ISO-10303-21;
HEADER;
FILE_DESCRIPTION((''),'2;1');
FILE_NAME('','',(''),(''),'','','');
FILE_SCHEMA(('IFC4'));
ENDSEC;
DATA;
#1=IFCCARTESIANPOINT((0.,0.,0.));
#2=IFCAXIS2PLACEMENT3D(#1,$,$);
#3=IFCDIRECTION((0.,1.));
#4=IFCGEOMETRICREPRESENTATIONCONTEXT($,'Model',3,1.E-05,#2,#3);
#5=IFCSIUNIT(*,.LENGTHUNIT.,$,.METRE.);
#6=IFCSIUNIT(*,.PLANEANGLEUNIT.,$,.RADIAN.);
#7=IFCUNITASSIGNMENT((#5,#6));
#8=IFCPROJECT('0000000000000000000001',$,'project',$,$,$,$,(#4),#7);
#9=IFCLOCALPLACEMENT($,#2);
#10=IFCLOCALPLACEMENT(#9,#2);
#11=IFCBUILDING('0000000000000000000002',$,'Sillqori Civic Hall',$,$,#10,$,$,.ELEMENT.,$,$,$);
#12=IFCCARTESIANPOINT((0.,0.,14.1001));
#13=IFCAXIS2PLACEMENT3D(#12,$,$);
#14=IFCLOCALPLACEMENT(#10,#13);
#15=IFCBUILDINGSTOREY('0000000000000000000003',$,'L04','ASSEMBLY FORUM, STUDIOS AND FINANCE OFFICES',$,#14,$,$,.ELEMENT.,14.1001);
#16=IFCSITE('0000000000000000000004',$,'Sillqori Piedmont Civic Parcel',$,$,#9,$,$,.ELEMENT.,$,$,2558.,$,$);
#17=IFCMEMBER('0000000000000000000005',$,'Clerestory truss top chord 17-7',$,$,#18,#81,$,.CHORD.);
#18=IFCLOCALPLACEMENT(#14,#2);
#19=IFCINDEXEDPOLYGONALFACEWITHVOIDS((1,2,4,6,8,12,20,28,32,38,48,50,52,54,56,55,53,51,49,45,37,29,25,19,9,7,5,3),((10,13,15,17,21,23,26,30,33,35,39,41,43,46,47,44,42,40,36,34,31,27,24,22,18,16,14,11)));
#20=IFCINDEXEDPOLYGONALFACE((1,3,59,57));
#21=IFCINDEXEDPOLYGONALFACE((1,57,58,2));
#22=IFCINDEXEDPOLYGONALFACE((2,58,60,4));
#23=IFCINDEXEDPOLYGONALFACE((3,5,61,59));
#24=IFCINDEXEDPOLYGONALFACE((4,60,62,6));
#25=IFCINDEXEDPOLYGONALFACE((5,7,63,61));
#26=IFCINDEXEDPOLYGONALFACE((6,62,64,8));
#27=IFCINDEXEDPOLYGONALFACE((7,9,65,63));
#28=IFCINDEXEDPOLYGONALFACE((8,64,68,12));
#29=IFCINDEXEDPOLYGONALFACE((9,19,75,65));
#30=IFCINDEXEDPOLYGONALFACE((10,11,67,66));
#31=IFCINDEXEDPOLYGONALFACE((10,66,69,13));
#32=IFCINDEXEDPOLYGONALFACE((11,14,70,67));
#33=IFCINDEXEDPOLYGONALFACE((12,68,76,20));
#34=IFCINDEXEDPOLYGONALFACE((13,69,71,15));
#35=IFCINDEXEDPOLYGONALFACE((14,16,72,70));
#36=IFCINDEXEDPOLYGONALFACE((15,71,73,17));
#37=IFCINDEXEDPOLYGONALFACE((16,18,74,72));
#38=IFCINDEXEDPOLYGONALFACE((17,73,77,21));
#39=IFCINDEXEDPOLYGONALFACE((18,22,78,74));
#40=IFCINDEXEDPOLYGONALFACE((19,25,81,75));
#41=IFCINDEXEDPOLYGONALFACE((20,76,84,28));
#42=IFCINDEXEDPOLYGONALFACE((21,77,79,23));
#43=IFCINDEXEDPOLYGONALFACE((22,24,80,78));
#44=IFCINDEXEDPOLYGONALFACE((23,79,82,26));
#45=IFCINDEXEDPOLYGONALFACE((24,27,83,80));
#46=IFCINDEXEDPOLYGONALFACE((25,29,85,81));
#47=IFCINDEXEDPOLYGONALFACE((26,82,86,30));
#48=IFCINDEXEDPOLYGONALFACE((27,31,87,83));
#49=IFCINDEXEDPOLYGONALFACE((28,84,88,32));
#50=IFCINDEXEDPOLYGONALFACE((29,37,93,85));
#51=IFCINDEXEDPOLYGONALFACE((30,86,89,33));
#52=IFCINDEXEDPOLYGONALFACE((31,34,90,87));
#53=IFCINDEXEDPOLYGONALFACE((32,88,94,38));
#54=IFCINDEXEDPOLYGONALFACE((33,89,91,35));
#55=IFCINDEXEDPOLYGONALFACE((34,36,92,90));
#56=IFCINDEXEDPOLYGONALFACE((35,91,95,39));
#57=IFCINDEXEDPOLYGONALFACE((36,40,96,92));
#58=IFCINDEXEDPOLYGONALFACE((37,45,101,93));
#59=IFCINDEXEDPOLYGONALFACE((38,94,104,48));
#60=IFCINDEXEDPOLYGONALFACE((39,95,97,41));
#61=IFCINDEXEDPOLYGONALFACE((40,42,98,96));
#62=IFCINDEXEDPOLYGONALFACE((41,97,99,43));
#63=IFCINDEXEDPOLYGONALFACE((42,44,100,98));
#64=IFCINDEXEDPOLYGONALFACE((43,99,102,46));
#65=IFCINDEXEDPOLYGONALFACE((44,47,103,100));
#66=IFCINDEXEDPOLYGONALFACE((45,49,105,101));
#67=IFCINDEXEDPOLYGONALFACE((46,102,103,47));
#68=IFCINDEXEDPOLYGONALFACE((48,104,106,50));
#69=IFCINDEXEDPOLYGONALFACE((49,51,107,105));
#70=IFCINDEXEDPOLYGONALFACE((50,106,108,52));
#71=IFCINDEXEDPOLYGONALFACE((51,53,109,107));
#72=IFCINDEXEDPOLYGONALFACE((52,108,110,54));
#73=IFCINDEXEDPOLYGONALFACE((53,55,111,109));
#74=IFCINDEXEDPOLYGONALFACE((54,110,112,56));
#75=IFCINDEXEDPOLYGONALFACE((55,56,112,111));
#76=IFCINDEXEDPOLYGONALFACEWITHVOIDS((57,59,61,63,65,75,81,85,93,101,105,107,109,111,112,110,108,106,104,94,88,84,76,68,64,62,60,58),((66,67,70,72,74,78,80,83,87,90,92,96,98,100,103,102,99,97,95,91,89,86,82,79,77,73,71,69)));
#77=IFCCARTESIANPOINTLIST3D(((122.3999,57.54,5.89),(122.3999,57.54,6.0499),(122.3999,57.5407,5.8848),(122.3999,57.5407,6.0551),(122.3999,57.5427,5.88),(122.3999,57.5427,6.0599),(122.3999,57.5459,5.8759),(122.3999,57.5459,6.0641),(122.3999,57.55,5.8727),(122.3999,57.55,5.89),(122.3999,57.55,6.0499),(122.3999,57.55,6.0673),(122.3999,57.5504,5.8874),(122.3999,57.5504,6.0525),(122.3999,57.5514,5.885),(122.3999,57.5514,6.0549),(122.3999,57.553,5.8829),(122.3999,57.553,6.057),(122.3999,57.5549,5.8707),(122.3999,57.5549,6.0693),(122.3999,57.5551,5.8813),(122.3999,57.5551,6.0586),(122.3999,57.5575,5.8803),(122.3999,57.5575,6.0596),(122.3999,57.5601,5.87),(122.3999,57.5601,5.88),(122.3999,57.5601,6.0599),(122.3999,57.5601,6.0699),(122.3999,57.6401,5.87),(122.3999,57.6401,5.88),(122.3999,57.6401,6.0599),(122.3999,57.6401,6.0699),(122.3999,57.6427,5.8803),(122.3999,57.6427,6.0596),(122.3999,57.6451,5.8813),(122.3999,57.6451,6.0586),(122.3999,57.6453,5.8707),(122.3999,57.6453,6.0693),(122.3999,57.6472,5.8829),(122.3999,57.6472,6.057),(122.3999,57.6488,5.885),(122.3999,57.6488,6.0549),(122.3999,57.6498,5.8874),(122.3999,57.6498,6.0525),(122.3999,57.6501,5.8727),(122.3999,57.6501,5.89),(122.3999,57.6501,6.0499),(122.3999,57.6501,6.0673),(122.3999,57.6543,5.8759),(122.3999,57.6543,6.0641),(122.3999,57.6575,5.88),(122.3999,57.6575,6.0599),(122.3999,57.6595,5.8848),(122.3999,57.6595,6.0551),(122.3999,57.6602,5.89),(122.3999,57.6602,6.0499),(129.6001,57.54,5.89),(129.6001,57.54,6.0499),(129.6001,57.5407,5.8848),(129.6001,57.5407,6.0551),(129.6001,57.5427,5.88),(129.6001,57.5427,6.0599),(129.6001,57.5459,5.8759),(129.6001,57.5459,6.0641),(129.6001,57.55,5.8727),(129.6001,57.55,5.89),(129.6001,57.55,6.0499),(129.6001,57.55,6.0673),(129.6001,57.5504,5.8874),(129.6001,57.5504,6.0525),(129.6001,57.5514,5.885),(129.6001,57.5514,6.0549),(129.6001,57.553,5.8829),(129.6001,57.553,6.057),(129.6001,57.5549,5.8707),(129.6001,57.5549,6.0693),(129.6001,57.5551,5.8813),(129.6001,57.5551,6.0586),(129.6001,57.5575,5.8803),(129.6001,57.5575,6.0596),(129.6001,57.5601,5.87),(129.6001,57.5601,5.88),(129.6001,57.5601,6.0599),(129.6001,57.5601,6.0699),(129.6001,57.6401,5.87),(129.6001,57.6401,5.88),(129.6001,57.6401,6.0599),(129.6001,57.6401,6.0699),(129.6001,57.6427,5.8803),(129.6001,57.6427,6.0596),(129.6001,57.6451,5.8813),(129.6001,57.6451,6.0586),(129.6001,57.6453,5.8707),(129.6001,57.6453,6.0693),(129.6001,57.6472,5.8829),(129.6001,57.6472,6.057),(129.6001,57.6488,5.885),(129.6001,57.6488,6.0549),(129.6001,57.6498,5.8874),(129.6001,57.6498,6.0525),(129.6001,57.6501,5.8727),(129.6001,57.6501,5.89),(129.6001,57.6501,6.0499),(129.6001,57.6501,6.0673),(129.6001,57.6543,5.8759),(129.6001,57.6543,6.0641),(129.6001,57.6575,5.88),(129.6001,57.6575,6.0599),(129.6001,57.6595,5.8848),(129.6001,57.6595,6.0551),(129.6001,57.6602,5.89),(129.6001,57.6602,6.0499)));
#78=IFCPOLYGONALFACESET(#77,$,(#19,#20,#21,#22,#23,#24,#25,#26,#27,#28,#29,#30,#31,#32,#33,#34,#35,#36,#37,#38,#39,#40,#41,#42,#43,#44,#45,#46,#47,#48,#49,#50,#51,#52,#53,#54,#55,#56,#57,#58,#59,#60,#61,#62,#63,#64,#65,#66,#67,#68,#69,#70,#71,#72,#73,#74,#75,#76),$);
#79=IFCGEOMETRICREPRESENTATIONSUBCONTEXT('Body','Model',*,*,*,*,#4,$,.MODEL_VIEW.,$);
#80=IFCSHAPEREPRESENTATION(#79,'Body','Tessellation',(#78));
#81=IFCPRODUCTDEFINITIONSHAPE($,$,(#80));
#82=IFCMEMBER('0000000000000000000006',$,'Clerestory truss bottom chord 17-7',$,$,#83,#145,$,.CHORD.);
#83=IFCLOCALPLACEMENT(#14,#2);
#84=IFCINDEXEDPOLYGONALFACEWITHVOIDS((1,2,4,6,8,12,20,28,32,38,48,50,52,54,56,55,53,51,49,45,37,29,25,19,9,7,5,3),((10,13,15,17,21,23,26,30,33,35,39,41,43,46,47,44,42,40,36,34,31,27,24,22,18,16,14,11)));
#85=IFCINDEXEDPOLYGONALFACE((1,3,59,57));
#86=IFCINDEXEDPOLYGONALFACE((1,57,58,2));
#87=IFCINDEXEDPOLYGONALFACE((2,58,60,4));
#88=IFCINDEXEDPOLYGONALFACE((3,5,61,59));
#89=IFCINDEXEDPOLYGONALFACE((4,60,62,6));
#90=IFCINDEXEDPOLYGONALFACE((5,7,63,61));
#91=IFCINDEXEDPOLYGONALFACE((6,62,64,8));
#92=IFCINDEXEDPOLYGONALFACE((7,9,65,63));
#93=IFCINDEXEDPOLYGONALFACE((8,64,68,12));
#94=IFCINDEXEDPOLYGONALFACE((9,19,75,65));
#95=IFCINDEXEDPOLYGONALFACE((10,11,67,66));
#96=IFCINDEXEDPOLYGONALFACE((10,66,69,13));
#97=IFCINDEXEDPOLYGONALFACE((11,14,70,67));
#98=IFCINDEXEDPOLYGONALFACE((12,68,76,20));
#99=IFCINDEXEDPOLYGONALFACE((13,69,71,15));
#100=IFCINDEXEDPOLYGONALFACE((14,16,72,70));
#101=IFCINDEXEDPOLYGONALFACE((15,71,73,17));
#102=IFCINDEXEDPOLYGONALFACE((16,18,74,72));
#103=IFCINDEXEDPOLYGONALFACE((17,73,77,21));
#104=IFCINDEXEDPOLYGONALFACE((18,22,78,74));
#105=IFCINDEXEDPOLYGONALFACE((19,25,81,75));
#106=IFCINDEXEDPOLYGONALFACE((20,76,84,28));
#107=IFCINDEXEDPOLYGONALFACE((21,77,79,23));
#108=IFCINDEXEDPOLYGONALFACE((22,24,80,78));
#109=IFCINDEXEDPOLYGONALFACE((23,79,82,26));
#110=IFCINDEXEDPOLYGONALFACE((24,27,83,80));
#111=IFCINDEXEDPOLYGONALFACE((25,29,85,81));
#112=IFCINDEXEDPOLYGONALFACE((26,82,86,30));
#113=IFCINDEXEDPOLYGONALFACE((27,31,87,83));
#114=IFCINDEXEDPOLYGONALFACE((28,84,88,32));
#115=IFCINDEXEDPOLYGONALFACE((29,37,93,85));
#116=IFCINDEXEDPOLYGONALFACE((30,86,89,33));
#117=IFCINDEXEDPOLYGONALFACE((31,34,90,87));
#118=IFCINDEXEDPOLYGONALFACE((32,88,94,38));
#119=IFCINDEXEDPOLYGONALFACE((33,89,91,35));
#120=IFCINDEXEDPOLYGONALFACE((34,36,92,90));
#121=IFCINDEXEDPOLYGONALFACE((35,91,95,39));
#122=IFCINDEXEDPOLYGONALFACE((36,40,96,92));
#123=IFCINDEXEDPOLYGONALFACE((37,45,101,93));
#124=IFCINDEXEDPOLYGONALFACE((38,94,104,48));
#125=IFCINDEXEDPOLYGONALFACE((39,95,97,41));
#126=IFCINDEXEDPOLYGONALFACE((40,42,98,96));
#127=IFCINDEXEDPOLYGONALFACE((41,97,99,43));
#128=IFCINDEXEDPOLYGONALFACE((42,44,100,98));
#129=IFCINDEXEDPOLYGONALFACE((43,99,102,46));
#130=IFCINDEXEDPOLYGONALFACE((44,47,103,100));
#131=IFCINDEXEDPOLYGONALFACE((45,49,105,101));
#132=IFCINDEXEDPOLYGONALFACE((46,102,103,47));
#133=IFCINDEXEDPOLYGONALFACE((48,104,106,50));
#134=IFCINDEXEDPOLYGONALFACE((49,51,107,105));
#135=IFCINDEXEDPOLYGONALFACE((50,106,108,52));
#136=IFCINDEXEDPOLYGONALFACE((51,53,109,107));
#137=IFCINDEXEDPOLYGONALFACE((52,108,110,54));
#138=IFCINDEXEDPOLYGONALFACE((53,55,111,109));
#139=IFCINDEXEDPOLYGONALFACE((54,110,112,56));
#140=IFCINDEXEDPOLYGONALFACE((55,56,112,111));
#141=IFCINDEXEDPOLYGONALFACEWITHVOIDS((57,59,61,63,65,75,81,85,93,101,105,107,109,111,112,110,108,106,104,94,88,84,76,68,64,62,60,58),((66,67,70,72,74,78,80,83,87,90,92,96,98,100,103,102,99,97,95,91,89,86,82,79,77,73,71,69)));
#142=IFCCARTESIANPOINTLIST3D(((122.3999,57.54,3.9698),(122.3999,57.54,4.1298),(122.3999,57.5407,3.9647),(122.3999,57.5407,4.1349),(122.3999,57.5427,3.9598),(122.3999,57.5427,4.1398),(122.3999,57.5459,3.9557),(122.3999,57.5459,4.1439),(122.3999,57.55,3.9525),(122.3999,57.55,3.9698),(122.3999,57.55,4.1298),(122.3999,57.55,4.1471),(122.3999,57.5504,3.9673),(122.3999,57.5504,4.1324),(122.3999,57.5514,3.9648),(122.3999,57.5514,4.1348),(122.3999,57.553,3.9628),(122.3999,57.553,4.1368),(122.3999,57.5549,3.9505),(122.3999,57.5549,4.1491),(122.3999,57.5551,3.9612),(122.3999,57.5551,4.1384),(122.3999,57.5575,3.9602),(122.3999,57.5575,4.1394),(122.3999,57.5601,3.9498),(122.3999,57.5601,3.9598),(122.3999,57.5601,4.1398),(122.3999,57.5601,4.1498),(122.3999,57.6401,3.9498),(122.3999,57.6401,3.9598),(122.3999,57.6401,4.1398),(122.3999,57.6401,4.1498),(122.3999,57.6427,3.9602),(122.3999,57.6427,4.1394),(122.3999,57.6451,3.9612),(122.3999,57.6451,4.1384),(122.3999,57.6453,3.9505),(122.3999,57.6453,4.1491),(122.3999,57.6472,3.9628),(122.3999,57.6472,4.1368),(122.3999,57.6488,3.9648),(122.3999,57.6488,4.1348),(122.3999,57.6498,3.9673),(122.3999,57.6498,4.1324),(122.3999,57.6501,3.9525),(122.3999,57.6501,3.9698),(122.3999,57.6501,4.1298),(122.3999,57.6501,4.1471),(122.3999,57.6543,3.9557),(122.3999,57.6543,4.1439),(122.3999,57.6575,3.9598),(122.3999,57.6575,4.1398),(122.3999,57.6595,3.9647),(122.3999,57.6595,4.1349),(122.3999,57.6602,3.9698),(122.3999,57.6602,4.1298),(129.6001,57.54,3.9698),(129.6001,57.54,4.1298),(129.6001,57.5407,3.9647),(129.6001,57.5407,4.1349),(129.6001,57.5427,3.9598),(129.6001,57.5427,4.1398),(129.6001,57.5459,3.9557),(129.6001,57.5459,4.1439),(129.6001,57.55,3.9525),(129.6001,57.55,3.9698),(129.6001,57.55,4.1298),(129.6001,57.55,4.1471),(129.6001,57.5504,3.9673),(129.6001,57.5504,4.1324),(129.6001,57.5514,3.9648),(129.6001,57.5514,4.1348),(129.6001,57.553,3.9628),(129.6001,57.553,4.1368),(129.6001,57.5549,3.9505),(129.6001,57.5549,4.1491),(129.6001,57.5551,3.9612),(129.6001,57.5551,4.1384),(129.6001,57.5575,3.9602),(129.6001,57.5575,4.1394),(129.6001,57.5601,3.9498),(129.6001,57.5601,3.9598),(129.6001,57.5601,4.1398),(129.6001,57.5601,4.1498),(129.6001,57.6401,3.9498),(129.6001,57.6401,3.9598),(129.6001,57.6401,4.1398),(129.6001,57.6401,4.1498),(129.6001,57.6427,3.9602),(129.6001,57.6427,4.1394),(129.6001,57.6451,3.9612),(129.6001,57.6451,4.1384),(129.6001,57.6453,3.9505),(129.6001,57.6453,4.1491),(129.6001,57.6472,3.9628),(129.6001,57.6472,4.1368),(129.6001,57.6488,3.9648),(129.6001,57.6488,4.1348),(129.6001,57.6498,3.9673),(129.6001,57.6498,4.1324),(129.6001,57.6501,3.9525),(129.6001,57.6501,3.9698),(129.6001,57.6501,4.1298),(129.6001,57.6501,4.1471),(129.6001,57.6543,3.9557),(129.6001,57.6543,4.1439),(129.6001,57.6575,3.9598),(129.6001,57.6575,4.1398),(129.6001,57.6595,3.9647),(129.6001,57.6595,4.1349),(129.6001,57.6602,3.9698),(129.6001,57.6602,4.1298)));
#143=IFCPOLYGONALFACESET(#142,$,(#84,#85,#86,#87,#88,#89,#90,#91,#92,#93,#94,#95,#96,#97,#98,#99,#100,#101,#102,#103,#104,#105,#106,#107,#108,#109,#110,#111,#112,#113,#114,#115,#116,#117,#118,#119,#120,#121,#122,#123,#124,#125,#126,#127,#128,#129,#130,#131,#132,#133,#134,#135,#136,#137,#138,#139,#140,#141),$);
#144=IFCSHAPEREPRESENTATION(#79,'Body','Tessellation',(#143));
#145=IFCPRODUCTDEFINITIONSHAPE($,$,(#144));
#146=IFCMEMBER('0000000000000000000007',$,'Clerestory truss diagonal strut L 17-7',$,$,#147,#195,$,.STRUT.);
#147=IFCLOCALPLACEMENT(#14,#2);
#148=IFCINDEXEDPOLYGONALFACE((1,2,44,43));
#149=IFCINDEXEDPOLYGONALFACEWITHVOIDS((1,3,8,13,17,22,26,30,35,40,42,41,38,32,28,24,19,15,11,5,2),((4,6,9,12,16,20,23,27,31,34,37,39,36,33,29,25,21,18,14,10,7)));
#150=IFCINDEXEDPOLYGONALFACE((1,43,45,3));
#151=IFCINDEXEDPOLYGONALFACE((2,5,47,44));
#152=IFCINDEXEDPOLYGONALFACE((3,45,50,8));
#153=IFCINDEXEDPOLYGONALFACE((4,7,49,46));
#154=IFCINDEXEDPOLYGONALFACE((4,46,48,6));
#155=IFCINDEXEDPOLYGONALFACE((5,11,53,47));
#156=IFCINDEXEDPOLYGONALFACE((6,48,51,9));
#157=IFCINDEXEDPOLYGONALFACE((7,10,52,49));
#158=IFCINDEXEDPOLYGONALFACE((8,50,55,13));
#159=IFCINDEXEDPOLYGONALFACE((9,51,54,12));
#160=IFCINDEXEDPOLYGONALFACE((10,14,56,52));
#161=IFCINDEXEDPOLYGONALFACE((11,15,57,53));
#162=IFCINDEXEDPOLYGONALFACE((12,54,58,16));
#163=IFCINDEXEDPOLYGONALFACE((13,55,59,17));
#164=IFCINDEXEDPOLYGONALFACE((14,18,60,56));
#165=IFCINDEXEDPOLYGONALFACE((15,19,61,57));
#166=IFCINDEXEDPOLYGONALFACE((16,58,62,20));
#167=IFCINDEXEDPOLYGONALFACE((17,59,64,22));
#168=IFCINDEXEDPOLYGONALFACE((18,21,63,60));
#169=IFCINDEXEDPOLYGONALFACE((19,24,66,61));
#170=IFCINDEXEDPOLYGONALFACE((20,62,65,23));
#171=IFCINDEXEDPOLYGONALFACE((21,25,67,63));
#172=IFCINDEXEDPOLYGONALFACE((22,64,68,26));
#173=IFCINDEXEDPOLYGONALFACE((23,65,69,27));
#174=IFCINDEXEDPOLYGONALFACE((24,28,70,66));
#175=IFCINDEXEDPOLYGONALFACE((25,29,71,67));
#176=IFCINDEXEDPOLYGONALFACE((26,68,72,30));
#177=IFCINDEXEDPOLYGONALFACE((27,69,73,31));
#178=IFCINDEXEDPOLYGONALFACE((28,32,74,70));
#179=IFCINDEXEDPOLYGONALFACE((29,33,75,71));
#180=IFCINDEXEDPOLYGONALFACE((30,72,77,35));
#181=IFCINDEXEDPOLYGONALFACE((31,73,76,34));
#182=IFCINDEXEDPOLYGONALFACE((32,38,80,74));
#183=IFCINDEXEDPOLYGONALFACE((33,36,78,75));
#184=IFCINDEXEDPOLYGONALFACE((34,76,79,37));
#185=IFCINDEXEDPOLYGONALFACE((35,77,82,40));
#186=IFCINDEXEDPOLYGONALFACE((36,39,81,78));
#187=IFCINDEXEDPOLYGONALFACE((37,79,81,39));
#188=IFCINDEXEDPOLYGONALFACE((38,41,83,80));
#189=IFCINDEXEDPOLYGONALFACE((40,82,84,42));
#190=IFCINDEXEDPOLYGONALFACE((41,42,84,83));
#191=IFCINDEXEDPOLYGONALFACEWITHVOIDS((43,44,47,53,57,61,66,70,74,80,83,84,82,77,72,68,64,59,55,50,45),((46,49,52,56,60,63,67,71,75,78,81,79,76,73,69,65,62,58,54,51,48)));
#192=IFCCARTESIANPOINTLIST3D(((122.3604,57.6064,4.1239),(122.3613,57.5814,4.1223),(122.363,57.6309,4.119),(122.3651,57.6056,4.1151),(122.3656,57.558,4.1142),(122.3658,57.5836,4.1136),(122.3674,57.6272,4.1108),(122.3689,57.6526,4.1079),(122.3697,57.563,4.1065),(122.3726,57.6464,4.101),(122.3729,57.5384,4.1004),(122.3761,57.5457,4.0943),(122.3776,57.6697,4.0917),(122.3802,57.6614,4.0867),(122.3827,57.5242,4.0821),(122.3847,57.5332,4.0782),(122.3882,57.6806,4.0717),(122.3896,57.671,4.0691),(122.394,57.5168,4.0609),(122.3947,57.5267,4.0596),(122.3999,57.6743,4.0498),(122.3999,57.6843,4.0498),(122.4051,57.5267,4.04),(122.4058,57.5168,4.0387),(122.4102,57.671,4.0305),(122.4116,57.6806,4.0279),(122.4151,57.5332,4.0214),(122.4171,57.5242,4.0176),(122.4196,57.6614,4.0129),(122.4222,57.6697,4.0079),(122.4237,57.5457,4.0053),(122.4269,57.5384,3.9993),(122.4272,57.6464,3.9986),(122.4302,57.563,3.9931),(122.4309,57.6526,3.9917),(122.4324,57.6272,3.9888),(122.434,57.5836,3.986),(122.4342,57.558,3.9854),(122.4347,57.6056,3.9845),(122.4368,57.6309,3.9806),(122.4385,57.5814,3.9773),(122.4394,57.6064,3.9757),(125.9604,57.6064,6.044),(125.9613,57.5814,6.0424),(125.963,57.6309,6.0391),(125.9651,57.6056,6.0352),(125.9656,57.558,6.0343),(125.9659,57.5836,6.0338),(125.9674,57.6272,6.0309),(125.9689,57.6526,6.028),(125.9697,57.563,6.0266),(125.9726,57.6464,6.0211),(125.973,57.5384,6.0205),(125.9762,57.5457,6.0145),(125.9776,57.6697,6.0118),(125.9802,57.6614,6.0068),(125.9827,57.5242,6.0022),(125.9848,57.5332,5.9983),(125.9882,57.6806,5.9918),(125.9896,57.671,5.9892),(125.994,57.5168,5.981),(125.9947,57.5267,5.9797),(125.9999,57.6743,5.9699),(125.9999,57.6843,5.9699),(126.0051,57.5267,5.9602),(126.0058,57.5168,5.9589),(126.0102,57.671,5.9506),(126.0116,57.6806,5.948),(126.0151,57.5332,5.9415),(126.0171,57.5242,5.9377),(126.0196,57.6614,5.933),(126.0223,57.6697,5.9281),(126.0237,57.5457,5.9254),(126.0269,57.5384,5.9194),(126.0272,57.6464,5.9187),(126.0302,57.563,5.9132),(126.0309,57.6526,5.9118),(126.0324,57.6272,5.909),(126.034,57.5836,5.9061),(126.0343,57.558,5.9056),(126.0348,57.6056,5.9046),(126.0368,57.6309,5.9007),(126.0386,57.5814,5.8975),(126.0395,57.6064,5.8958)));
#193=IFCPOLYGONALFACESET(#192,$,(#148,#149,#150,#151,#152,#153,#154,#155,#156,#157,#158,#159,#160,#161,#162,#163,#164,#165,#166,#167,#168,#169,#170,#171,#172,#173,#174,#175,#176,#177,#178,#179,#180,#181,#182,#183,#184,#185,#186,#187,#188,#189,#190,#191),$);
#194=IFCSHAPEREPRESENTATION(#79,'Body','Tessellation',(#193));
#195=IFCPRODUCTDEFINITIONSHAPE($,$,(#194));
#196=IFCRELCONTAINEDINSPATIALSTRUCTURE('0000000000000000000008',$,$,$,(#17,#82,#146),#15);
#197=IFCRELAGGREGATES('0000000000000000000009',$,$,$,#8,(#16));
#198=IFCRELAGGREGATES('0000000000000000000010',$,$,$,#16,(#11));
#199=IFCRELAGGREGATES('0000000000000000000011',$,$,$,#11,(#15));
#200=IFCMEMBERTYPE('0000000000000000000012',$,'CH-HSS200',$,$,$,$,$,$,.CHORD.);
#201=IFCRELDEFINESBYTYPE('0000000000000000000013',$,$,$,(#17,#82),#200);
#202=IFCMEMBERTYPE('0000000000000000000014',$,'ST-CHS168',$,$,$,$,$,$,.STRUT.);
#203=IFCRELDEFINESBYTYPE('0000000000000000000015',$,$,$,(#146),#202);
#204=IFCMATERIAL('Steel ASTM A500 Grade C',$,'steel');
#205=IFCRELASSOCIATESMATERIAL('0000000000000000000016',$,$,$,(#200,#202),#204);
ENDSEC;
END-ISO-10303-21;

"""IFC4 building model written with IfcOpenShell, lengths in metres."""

from ifc_helpers import new_model, si_unit, direction, frame, origin, origin_2d, place, context, subcontext, project, spatial, hollow_rectangle, hollow_circle, extrude, material, material_profile, profile_set, type_object, element, save


model = new_model("IFC4")

# Units and contexts
model_context = context("Model", 3, precision=1e-05, world=origin(), true_north=direction((0.0, 1.0)))
body_context = subcontext(model_context, "Body", "Model", "MODEL_VIEW")
ifc_project = project(units=[si_unit("LENGTHUNIT", "METRE"), si_unit("PLANEANGLEUNIT", "RADIAN")], contexts=[model_context])

# Site, building, storey
site_placement = place(None, origin())
site = spatial("IfcSite", under=ifc_project, at=site_placement, Name="Sillqori Piedmont Civic Parcel", CompositionType="ELEMENT", RefElevation=2558.0)
building_placement = place(site_placement, origin())
building = spatial("IfcBuilding", under=site, at=building_placement, Name="Sillqori Civic Hall", CompositionType="ELEMENT")
storey_placement = place(building_placement, frame((0.0, 0.0, 14.1001)))
storey = spatial("IfcBuildingStorey", under=building, at=storey_placement, Name="L04", Description="ASSEMBLY FORUM, STUDIOS AND FINANCE OFFICES", CompositionType="ELEMENT", Elevation=14.1001)

# Members
ifc_material_1 = material(Name="Steel ASTM A500 Grade C", Category="steel")
ifc_material_profile_1 = material_profile(ifc_material_1, hollow_rectangle(XDim=0.1201, YDim=0.2, WallThickness=0.01, InnerFilletRadius=0.01, OuterFilletRadius=0.02, at=origin_2d()), Name="HSS200X120X10")
ifc_profile_set_1 = profile_set([ifc_material_profile_1], Name="Steel ASTM A500 Grade C")
member_type_1 = type_object("IfcMemberType", Name="CH-HSS200", PredefinedType="CHORD", material=ifc_profile_set_1)
for number, where, z_axis, x_axis, name in (
    (1, (122.3999, 57.6001, 5.97), (1.0, 0.0, 0.0), (0.0, 1.0, 0.0), "Clerestory truss top chord 17-7"),
    (2, (122.3999, 57.6001, 4.0498), (1.0, 0.0, 0.0), (0.0, 1.0, 0.0), "Clerestory truss bottom chord 17-7"),
):
    element("IfcMember", number, at=place(storey_placement, frame(where, z_axis=z_axis, x_axis=x_axis)), inside=storey, type_object=member_type_1, Name=name, PredefinedType="CHORD", context=body_context, shape_type="SweptSolid", body=[
        extrude(hollow_rectangle(XDim=0.1201, YDim=0.2, WallThickness=0.01, InnerFilletRadius=0.01, OuterFilletRadius=0.02, at=origin_2d()), origin(), (0.0, 0.0, 1.0), 7.2002),
    ])
ifc_material_profile_2 = material_profile(ifc_material_1, hollow_circle(Radius=0.0842, WallThickness=0.01, at=origin_2d()), Name="CHS168X10")
ifc_profile_set_2 = profile_set([ifc_material_profile_2], Name="Steel ASTM A500 Grade C")
member_type_2 = type_object("IfcMemberType", Name="ST-CHS168", PredefinedType="STRUT", material=ifc_profile_set_2)
member_placement = place(storey_placement, frame((122.3999, 57.6001, 4.0498), z_axis=(0.882341, 0.0, 0.47061), x_axis=(0.0, 1.0, 0.0)))
element("IfcMember", 3, at=member_placement, inside=storey, type_object=member_type_2, Name="Clerestory truss diagonal strut L 17-7", PredefinedType="STRUT", context=body_context, shape_type="SweptSolid", body=[
    extrude(hollow_circle(Radius=0.0842, WallThickness=0.01, at=origin_2d()), origin(), (0.0, 0.0, 1.0), 4.0801),
])

save(model, "model.ifc")
